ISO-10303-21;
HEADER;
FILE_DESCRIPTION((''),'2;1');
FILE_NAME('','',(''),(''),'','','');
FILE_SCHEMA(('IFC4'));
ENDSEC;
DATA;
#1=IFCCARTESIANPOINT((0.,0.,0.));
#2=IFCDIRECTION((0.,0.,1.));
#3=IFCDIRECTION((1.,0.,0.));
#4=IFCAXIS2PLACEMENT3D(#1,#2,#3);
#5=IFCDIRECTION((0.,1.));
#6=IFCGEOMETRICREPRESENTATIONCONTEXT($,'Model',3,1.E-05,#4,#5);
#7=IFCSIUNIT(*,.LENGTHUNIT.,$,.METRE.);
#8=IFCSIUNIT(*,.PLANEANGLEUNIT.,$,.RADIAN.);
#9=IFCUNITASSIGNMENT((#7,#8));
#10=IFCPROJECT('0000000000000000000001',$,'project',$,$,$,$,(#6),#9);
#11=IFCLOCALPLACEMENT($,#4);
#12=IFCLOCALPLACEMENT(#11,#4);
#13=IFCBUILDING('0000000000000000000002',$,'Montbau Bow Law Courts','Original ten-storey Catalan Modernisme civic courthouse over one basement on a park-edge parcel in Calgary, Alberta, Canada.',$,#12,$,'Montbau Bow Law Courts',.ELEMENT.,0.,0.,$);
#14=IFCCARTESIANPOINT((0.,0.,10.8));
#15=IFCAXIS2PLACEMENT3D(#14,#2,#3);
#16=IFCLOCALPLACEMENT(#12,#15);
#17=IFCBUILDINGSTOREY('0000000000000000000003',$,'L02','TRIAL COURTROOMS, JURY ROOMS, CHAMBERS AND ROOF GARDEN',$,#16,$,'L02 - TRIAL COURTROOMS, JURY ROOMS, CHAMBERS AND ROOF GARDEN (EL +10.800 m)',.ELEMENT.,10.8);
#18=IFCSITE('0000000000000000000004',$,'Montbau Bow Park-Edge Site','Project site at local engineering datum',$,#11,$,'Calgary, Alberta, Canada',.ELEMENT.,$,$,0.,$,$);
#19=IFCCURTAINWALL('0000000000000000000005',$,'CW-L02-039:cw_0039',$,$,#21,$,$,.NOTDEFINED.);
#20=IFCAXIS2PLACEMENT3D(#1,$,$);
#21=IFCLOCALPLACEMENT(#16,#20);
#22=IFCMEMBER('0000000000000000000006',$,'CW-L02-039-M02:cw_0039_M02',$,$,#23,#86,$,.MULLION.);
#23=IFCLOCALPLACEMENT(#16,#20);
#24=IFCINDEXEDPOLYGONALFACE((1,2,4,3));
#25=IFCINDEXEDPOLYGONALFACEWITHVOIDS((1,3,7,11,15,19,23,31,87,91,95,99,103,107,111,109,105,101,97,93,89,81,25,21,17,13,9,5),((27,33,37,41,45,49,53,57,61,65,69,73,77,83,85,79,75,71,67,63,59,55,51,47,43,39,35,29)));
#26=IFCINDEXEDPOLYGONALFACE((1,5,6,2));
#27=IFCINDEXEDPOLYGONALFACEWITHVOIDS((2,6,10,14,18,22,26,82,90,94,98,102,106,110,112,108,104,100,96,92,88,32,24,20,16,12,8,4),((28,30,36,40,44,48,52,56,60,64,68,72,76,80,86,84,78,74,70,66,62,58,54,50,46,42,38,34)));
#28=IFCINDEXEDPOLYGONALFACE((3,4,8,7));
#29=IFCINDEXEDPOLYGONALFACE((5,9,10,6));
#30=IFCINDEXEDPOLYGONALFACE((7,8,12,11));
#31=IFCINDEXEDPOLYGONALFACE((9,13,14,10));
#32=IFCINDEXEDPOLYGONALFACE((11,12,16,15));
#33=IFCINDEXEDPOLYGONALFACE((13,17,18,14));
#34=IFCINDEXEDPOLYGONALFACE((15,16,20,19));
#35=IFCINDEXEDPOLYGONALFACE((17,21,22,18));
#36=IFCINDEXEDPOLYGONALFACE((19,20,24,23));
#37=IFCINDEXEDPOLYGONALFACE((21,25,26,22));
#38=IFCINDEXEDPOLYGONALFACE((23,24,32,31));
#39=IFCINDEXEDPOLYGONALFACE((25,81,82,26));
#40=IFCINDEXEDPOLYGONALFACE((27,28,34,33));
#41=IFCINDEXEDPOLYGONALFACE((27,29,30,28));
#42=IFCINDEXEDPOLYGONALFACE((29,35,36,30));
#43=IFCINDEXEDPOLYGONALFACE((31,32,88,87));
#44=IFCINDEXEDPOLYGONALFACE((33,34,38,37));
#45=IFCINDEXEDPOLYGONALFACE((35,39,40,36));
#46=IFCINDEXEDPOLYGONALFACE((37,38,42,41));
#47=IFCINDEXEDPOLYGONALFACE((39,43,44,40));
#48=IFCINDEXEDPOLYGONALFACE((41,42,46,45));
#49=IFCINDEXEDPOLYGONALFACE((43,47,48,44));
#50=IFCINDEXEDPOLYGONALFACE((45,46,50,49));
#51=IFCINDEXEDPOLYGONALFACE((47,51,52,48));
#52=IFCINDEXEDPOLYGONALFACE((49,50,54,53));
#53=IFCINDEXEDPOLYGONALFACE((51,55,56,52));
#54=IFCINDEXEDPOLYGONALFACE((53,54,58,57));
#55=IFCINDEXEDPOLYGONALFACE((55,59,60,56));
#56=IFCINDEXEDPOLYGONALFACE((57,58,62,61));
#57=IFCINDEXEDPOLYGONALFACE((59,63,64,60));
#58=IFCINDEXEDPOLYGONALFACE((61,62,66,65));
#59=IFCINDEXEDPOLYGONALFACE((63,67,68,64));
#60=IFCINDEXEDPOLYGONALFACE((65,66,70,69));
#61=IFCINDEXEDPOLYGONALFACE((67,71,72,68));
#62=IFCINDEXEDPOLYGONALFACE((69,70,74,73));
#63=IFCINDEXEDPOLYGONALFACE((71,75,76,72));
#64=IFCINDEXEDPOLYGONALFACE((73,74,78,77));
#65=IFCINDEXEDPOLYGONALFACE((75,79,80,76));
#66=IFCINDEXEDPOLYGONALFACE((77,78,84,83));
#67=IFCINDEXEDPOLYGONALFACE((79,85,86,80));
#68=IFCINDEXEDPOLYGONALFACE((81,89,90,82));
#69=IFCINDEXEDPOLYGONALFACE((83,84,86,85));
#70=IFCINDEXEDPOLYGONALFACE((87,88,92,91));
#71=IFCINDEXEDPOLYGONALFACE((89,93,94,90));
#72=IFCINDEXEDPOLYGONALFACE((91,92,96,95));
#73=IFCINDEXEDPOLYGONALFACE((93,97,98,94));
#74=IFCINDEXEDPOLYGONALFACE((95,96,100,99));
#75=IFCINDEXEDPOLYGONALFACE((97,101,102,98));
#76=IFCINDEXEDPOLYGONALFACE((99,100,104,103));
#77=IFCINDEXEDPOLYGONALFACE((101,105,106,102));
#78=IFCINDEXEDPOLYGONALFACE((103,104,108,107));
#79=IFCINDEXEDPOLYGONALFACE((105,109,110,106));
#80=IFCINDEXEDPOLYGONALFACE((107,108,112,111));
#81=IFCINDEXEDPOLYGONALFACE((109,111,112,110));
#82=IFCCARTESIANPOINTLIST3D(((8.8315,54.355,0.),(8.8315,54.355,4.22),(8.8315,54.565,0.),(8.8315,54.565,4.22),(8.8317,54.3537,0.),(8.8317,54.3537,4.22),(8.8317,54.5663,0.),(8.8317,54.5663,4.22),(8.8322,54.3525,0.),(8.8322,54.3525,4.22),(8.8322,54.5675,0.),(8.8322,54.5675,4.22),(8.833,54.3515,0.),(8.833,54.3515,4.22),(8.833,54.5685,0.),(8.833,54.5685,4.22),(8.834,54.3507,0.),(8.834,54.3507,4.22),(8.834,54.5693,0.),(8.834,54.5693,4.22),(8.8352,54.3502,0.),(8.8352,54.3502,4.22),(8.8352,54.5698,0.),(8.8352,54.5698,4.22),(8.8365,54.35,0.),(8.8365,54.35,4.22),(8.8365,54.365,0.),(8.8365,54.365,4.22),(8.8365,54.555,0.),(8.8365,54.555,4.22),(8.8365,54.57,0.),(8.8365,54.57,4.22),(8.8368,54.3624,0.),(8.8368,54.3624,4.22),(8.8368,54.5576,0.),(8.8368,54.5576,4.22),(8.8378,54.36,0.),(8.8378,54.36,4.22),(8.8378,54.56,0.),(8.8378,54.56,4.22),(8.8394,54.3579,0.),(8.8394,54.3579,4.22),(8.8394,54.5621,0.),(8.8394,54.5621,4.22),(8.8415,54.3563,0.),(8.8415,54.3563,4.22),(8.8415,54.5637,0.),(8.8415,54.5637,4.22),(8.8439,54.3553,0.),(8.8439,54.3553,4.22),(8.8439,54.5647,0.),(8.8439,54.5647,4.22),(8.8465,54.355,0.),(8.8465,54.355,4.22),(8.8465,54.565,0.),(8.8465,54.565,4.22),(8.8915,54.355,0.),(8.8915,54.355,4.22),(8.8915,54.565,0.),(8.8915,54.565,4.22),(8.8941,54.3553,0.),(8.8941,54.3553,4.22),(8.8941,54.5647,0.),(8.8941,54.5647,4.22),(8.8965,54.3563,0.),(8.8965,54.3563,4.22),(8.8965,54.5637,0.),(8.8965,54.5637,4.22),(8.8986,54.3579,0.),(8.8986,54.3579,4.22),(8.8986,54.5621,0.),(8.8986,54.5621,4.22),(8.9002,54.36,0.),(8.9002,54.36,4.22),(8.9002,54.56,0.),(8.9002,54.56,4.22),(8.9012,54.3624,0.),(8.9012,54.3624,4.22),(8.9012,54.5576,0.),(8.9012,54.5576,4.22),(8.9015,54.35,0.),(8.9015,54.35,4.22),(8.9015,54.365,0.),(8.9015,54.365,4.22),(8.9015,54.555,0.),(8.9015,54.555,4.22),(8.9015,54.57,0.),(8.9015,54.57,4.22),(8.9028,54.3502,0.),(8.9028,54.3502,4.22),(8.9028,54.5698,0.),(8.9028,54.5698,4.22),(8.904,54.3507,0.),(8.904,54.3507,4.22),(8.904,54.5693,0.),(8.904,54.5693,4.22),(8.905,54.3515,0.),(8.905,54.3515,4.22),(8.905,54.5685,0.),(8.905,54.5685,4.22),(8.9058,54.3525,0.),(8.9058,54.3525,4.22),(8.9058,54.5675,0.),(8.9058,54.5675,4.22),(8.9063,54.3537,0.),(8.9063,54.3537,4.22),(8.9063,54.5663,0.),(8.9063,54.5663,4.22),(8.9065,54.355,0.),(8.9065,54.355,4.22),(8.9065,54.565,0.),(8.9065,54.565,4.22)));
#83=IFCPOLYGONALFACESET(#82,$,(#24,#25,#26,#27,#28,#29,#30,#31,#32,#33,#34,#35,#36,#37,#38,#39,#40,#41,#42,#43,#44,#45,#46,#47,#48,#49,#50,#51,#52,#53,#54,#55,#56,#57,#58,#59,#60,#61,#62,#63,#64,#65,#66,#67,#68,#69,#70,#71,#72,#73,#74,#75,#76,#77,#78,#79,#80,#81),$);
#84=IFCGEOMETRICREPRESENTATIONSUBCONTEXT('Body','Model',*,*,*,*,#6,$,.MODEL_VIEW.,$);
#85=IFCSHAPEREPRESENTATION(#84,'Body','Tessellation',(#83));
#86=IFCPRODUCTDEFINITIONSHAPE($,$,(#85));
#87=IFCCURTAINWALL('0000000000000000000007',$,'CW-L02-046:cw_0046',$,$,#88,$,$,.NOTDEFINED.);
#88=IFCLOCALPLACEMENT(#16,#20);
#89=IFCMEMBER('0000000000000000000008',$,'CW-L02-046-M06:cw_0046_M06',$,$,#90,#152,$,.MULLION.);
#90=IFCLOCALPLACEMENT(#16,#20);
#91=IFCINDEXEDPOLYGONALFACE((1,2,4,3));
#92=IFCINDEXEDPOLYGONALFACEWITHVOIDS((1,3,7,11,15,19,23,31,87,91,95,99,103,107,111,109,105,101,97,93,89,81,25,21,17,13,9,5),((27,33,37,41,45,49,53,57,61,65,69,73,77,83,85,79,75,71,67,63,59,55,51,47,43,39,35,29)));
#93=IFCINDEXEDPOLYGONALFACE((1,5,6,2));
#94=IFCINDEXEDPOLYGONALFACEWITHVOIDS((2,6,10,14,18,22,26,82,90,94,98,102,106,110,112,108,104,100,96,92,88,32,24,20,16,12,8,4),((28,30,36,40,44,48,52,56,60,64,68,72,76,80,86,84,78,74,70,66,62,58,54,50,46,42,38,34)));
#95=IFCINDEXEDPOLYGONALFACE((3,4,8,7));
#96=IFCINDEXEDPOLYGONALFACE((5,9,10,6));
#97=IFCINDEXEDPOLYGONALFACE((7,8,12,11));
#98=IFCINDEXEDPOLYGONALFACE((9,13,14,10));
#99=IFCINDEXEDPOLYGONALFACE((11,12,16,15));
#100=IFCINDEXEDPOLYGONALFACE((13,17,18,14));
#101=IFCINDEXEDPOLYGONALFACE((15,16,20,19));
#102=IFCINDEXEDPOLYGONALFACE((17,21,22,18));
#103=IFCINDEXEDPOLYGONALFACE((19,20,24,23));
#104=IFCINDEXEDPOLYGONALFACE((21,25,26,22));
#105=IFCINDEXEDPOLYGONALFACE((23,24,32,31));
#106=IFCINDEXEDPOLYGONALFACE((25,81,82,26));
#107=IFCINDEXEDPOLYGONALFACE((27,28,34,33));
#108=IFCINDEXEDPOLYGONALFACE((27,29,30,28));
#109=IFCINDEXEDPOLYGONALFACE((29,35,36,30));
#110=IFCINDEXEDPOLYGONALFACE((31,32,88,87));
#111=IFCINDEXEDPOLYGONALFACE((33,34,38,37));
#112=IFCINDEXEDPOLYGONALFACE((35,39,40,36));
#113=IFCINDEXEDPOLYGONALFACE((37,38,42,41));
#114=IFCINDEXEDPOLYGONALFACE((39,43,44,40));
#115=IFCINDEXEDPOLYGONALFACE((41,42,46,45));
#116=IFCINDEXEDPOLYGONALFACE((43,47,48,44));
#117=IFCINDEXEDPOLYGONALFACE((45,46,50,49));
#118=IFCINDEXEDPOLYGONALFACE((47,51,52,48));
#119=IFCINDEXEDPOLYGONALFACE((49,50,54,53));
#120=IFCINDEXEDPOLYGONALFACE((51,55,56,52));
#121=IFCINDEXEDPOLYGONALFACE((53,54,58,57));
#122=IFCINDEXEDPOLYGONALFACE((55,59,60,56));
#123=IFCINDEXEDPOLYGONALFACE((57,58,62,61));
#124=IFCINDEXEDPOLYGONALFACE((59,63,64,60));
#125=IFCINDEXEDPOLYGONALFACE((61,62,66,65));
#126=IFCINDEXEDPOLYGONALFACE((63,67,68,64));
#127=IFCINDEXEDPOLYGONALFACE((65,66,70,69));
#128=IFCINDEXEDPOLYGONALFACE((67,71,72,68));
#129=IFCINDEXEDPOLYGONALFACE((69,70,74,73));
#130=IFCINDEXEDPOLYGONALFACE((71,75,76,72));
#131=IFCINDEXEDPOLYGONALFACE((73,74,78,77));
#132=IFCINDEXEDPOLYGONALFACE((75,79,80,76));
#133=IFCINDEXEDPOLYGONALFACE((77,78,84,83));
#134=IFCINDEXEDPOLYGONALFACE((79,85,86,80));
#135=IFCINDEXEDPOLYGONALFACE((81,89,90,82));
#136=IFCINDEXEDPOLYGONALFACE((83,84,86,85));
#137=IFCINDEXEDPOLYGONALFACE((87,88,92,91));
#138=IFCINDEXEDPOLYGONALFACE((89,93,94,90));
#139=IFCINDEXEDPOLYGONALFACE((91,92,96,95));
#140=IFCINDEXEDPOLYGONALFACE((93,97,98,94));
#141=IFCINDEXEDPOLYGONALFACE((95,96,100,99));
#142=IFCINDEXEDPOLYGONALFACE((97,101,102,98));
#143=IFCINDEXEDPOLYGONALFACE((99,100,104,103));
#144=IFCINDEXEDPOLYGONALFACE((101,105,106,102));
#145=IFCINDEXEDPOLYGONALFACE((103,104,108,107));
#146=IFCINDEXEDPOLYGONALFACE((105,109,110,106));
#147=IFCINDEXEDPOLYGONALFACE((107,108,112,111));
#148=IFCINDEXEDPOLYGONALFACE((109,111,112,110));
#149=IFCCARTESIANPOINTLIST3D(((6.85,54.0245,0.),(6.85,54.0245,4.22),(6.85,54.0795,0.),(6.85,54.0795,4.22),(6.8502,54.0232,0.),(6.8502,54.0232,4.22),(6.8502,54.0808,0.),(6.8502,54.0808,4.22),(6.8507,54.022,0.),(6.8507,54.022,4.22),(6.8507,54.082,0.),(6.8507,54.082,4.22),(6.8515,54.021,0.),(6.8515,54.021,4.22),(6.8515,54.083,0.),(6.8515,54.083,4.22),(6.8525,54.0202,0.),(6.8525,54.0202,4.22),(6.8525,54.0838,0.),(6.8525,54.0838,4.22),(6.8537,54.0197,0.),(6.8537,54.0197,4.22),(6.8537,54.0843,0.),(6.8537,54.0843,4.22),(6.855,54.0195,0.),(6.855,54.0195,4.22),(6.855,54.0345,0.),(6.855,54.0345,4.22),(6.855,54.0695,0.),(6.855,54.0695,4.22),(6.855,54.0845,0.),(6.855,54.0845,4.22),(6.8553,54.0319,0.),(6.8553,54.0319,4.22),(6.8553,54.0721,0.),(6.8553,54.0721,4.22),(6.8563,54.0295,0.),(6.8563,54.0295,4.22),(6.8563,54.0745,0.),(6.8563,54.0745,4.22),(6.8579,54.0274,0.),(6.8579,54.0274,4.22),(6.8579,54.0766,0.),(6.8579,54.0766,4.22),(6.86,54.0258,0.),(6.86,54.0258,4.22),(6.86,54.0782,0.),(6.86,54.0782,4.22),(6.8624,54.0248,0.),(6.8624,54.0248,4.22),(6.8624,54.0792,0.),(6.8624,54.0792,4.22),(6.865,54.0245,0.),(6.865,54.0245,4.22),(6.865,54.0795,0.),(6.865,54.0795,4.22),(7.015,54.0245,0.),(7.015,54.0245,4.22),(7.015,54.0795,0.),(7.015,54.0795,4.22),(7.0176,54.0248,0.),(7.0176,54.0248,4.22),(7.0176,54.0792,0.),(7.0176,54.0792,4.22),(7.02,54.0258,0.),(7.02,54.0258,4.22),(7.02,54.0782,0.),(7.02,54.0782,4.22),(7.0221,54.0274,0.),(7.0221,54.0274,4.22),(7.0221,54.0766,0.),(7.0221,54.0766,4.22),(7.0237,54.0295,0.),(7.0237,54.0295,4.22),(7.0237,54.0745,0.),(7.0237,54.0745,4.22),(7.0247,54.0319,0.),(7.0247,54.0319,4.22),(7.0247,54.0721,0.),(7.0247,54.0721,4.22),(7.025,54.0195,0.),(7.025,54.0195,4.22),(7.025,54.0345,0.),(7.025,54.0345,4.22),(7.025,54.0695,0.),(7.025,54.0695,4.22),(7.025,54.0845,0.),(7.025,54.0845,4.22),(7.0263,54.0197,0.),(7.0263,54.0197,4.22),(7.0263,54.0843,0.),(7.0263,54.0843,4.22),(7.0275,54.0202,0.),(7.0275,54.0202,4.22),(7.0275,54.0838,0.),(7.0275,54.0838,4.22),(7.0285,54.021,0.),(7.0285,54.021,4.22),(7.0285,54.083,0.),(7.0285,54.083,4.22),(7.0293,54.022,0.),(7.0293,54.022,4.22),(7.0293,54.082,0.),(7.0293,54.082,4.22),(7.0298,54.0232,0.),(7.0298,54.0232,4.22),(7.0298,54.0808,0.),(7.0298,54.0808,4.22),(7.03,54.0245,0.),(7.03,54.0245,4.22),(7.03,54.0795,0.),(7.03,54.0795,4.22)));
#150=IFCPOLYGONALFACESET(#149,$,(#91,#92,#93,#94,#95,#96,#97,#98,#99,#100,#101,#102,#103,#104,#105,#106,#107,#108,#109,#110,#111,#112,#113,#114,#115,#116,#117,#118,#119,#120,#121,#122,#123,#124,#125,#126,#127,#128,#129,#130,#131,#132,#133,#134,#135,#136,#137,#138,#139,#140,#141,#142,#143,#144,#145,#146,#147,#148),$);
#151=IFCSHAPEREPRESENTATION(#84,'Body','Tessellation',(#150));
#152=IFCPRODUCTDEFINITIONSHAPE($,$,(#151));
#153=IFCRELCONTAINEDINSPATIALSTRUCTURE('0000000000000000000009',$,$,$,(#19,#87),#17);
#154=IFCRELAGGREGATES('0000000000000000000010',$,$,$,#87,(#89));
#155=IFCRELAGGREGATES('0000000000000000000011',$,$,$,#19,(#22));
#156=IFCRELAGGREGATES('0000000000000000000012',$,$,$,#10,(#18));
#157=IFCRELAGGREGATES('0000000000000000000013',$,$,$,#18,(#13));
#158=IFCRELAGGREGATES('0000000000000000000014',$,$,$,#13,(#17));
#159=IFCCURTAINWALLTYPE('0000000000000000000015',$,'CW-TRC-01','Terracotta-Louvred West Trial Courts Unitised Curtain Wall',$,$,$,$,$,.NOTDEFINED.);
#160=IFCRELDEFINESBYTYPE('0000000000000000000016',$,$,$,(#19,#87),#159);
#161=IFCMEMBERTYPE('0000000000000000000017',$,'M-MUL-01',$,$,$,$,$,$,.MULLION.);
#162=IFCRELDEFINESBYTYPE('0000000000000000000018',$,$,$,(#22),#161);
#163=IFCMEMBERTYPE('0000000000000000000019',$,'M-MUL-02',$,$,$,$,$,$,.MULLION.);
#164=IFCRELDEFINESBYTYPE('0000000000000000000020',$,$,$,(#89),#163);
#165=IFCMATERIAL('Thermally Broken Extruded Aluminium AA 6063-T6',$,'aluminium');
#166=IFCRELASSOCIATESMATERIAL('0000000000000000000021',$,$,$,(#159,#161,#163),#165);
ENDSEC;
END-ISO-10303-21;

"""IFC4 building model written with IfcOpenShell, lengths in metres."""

from ifc_helpers import new_model, si_unit, direction, frame, origin_with_axes, origin_2d_with_axis, place, context, subcontext, project, spatial, hollow_rectangle, extrude, material, material_profile, profile_set, type_object, element, aggregate, save


model = new_model("IFC4")

# Units and contexts
model_context = context("Model", 3, precision=1e-05, world=origin_with_axes(), true_north=direction((0.0, 1.0)))
body_context = subcontext(model_context, "Body", "Model", "MODEL_VIEW")
ifc_project = project(units=[si_unit("LENGTHUNIT", "METRE"), si_unit("PLANEANGLEUNIT", "RADIAN")], contexts=[model_context])

# Site, building, storey
site_placement = place(None, origin_with_axes())
site = spatial("IfcSite", under=ifc_project, at=site_placement, Name="Montbau Bow Park-Edge Site", Description="Project site at local engineering datum", LongName="Calgary, Alberta, Canada", CompositionType="ELEMENT", RefElevation=0.0)
building_placement = place(site_placement, origin_with_axes())
building = spatial("IfcBuilding", under=site, at=building_placement, Name="Montbau Bow Law Courts", Description="Original ten-storey Catalan Modernisme civic courthouse over one basement on a park-edge parcel in Calgary, Alberta, Canada.", LongName="Montbau Bow Law Courts", CompositionType="ELEMENT", ElevationOfRefHeight=0.0, ElevationOfTerrain=0.0)
storey_placement = place(building_placement, frame((0.0, 0.0, 10.8), z_axis=(0.0, 0.0, 1.0), x_axis=(1.0, 0.0, 0.0)))
storey = spatial("IfcBuildingStorey", under=building, at=storey_placement, Name="L02", Description="TRIAL COURTROOMS, JURY ROOMS, CHAMBERS AND ROOF GARDEN", LongName="L02 - TRIAL COURTROOMS, JURY ROOMS, CHAMBERS AND ROOF GARDEN (EL +10.800 m)", CompositionType="ELEMENT", Elevation=10.8)

# Curtain wall, member
ifc_material_1 = material(Name="Thermally Broken Extruded Aluminium AA 6063-T6", Category="aluminium")
curtain_wall_type = type_object("IfcCurtainWallType", Name="CW-TRC-01", Description="Terracotta-Louvred West Trial Courts Unitised Curtain Wall", PredefinedType="NOTDEFINED", material=ifc_material_1)
curtain_wall_1_placement = place(None, frame((7.315, 54.46, 10.8), z_axis=(0.0, 0.0, 1.0), x_axis=(1.0, 0.0, 0.0)))
curtain_wall_1 = element("IfcCurtainWall", 1, at=curtain_wall_1_placement, inside=storey, type_object=curtain_wall_type, Name="CW-L02-039:cw_0039", PredefinedType="NOTDEFINED")
ifc_material_profile_1 = material_profile(ifc_material_1, hollow_rectangle(XDim=0.075, YDim=0.22, WallThickness=0.005, InnerFilletRadius=0.01, OuterFilletRadius=0.005, at=origin_2d_with_axis()), Name="CWM-220X75", Category="Main", Priority=0)
ifc_profile_set_1 = profile_set([ifc_material_profile_1], Name="Thermally Broken Extruded Aluminium AA 6063-T6")
member_type_1 = type_object("IfcMemberType", Name="M-MUL-01", PredefinedType="MULLION", material=ifc_profile_set_1)
member_1_placement = place(None, frame((8.869, 54.46, 10.8), z_axis=(0.0, 0.0, 1.0), x_axis=(1.0, 0.0, 0.0)))
member_1 = element("IfcMember", 2, at=member_1_placement, type_object=member_type_1, Name="CW-L02-039-M02:cw_0039_M02", PredefinedType="MULLION", context=body_context, shape_type="SweptSolid", body=[
    extrude(hollow_rectangle(XDim=0.075, YDim=0.22, WallThickness=0.005, InnerFilletRadius=0.01, OuterFilletRadius=0.005, at=origin_2d_with_axis()), origin_with_axes(), (0.0, 0.0, 1.0), 4.22),
])

# Curtain wall, member
curtain_wall_2_placement = place(None, frame((6.94, 46.715, 10.8), z_axis=(0.0, 0.0, 1.0), x_axis=(1.0, 0.0, 0.0)))
curtain_wall_2 = element("IfcCurtainWall", 3, at=curtain_wall_2_placement, inside=storey, type_object=curtain_wall_type, Name="CW-L02-046:cw_0046", PredefinedType="NOTDEFINED")
ifc_material_profile_2 = material_profile(ifc_material_1, hollow_rectangle(XDim=0.065, YDim=0.18, WallThickness=0.005, InnerFilletRadius=0.01, OuterFilletRadius=0.005, at=origin_2d_with_axis()), Name="CWM-180X65", Category="Main", Priority=0)
ifc_profile_set_2 = profile_set([ifc_material_profile_2], Name="Thermally Broken Extruded Aluminium AA 6063-T6")
member_type_2 = type_object("IfcMemberType", Name="M-MUL-02", PredefinedType="MULLION", material=ifc_profile_set_2)
member_2_placement = place(None, frame((6.94, 54.052, 10.8), z_axis=(0.0, 0.0, 1.0), x_axis=(0.0, 1.0, 0.0)))
member_2 = element("IfcMember", 4, at=member_2_placement, type_object=member_type_2, Name="CW-L02-046-M06:cw_0046_M06", PredefinedType="MULLION", context=body_context, shape_type="SweptSolid", body=[
    extrude(hollow_rectangle(XDim=0.065, YDim=0.18, WallThickness=0.005, InnerFilletRadius=0.01, OuterFilletRadius=0.005, at=origin_2d_with_axis()), origin_with_axes(), (0.0, 0.0, 1.0), 4.22),
])
aggregate(curtain_wall_2, [member_2])

aggregate(curtain_wall_1, [member_1])

save(model, "model.ifc")
